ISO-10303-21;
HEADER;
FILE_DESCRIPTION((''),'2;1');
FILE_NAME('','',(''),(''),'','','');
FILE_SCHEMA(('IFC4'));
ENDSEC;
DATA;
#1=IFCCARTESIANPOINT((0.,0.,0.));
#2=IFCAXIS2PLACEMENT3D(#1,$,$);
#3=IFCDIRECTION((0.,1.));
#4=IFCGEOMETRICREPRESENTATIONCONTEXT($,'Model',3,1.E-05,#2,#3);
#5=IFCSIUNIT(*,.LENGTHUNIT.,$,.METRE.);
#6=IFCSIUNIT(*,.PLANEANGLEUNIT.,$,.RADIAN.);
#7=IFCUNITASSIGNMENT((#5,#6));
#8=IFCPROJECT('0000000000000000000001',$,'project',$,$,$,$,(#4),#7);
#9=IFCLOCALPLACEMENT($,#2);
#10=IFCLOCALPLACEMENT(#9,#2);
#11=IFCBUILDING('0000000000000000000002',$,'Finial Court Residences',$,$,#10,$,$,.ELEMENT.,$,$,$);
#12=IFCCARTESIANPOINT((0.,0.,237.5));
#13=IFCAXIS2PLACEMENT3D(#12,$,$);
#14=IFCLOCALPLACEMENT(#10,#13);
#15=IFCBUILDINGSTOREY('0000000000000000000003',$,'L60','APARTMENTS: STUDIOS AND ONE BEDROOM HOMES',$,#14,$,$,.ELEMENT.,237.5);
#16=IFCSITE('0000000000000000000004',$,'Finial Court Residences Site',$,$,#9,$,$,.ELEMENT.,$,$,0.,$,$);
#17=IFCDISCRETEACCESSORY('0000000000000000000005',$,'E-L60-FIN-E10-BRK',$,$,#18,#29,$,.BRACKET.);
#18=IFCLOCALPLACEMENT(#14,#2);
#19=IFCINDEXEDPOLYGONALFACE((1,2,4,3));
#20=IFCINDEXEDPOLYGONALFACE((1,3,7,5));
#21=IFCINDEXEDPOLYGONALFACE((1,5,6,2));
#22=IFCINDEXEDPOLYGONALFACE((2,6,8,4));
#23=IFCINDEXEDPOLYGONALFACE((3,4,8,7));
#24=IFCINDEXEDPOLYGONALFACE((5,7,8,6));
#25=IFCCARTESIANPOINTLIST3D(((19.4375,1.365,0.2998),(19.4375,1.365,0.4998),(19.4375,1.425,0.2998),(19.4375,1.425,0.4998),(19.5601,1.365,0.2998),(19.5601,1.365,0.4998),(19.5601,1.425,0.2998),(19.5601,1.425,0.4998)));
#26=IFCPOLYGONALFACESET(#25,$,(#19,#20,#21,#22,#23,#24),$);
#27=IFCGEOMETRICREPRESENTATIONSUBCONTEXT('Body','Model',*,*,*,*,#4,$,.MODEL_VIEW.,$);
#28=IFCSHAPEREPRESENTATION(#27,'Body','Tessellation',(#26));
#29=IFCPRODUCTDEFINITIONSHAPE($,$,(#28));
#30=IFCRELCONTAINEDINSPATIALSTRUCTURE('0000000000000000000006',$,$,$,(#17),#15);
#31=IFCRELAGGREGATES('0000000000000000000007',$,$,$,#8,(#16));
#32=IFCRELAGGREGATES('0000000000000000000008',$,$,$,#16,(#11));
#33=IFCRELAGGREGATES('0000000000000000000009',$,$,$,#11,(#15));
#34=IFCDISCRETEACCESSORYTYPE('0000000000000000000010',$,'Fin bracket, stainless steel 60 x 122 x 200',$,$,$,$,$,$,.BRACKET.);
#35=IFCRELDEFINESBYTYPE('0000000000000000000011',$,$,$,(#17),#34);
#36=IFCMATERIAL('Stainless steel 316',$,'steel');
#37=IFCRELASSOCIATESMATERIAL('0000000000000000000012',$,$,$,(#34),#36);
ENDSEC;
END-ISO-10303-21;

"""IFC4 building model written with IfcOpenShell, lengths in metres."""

from ifc_helpers import new_model, si_unit, direction, frame, origin, origin_2d, place, context, subcontext, project, spatial, rectangle, extrude, material, type_object, element, save


model = new_model("IFC4")

# Units and contexts
model_context = context("Model", 3, precision=1e-05, world=origin(), true_north=direction((0.0, 1.0)))
body_context = subcontext(model_context, "Body", "Model", "MODEL_VIEW")
ifc_project = project(units=[si_unit("LENGTHUNIT", "METRE"), si_unit("PLANEANGLEUNIT", "RADIAN")], contexts=[model_context])

# Site, building, storey
site_placement = place(None, origin())
site = spatial("IfcSite", under=ifc_project, at=site_placement, Name="Finial Court Residences Site", CompositionType="ELEMENT", RefElevation=0.0)
building_placement = place(site_placement, origin())
building = spatial("IfcBuilding", under=site, at=building_placement, Name="Finial Court Residences", CompositionType="ELEMENT")
storey_placement = place(building_placement, frame((0.0, 0.0, 237.5)))
storey = spatial("IfcBuildingStorey", under=building, at=storey_placement, Name="L60", Description="APARTMENTS: STUDIOS AND ONE BEDROOM HOMES", CompositionType="ELEMENT", Elevation=237.5)

# Discrete accessory
ifc_material_1 = material(Name="Stainless steel 316", Category="steel")
discrete_accessory_type = type_object("IfcDiscreteAccessoryType", Name="Fin bracket, stainless steel 60 x 122 x 200", PredefinedType="BRACKET", material=ifc_material_1)
discrete_accessory_placement = place(storey_placement, frame((19.4988, 1.395, 0.2998), z_axis=(0.0, 0.0, 1.0), x_axis=(1.0, 0.0, 0.0)))
element("IfcDiscreteAccessory", 1, at=discrete_accessory_placement, inside=storey, type_object=discrete_accessory_type, Name="E-L60-FIN-E10-BRK", PredefinedType="BRACKET", context=body_context, shape_type="SweptSolid", body=[
    extrude(rectangle(XDim=0.1226, YDim=0.0601, at=origin_2d()), origin(), (0.0, 0.0, 1.0), 0.2),
])

save(model, "model.ifc")
